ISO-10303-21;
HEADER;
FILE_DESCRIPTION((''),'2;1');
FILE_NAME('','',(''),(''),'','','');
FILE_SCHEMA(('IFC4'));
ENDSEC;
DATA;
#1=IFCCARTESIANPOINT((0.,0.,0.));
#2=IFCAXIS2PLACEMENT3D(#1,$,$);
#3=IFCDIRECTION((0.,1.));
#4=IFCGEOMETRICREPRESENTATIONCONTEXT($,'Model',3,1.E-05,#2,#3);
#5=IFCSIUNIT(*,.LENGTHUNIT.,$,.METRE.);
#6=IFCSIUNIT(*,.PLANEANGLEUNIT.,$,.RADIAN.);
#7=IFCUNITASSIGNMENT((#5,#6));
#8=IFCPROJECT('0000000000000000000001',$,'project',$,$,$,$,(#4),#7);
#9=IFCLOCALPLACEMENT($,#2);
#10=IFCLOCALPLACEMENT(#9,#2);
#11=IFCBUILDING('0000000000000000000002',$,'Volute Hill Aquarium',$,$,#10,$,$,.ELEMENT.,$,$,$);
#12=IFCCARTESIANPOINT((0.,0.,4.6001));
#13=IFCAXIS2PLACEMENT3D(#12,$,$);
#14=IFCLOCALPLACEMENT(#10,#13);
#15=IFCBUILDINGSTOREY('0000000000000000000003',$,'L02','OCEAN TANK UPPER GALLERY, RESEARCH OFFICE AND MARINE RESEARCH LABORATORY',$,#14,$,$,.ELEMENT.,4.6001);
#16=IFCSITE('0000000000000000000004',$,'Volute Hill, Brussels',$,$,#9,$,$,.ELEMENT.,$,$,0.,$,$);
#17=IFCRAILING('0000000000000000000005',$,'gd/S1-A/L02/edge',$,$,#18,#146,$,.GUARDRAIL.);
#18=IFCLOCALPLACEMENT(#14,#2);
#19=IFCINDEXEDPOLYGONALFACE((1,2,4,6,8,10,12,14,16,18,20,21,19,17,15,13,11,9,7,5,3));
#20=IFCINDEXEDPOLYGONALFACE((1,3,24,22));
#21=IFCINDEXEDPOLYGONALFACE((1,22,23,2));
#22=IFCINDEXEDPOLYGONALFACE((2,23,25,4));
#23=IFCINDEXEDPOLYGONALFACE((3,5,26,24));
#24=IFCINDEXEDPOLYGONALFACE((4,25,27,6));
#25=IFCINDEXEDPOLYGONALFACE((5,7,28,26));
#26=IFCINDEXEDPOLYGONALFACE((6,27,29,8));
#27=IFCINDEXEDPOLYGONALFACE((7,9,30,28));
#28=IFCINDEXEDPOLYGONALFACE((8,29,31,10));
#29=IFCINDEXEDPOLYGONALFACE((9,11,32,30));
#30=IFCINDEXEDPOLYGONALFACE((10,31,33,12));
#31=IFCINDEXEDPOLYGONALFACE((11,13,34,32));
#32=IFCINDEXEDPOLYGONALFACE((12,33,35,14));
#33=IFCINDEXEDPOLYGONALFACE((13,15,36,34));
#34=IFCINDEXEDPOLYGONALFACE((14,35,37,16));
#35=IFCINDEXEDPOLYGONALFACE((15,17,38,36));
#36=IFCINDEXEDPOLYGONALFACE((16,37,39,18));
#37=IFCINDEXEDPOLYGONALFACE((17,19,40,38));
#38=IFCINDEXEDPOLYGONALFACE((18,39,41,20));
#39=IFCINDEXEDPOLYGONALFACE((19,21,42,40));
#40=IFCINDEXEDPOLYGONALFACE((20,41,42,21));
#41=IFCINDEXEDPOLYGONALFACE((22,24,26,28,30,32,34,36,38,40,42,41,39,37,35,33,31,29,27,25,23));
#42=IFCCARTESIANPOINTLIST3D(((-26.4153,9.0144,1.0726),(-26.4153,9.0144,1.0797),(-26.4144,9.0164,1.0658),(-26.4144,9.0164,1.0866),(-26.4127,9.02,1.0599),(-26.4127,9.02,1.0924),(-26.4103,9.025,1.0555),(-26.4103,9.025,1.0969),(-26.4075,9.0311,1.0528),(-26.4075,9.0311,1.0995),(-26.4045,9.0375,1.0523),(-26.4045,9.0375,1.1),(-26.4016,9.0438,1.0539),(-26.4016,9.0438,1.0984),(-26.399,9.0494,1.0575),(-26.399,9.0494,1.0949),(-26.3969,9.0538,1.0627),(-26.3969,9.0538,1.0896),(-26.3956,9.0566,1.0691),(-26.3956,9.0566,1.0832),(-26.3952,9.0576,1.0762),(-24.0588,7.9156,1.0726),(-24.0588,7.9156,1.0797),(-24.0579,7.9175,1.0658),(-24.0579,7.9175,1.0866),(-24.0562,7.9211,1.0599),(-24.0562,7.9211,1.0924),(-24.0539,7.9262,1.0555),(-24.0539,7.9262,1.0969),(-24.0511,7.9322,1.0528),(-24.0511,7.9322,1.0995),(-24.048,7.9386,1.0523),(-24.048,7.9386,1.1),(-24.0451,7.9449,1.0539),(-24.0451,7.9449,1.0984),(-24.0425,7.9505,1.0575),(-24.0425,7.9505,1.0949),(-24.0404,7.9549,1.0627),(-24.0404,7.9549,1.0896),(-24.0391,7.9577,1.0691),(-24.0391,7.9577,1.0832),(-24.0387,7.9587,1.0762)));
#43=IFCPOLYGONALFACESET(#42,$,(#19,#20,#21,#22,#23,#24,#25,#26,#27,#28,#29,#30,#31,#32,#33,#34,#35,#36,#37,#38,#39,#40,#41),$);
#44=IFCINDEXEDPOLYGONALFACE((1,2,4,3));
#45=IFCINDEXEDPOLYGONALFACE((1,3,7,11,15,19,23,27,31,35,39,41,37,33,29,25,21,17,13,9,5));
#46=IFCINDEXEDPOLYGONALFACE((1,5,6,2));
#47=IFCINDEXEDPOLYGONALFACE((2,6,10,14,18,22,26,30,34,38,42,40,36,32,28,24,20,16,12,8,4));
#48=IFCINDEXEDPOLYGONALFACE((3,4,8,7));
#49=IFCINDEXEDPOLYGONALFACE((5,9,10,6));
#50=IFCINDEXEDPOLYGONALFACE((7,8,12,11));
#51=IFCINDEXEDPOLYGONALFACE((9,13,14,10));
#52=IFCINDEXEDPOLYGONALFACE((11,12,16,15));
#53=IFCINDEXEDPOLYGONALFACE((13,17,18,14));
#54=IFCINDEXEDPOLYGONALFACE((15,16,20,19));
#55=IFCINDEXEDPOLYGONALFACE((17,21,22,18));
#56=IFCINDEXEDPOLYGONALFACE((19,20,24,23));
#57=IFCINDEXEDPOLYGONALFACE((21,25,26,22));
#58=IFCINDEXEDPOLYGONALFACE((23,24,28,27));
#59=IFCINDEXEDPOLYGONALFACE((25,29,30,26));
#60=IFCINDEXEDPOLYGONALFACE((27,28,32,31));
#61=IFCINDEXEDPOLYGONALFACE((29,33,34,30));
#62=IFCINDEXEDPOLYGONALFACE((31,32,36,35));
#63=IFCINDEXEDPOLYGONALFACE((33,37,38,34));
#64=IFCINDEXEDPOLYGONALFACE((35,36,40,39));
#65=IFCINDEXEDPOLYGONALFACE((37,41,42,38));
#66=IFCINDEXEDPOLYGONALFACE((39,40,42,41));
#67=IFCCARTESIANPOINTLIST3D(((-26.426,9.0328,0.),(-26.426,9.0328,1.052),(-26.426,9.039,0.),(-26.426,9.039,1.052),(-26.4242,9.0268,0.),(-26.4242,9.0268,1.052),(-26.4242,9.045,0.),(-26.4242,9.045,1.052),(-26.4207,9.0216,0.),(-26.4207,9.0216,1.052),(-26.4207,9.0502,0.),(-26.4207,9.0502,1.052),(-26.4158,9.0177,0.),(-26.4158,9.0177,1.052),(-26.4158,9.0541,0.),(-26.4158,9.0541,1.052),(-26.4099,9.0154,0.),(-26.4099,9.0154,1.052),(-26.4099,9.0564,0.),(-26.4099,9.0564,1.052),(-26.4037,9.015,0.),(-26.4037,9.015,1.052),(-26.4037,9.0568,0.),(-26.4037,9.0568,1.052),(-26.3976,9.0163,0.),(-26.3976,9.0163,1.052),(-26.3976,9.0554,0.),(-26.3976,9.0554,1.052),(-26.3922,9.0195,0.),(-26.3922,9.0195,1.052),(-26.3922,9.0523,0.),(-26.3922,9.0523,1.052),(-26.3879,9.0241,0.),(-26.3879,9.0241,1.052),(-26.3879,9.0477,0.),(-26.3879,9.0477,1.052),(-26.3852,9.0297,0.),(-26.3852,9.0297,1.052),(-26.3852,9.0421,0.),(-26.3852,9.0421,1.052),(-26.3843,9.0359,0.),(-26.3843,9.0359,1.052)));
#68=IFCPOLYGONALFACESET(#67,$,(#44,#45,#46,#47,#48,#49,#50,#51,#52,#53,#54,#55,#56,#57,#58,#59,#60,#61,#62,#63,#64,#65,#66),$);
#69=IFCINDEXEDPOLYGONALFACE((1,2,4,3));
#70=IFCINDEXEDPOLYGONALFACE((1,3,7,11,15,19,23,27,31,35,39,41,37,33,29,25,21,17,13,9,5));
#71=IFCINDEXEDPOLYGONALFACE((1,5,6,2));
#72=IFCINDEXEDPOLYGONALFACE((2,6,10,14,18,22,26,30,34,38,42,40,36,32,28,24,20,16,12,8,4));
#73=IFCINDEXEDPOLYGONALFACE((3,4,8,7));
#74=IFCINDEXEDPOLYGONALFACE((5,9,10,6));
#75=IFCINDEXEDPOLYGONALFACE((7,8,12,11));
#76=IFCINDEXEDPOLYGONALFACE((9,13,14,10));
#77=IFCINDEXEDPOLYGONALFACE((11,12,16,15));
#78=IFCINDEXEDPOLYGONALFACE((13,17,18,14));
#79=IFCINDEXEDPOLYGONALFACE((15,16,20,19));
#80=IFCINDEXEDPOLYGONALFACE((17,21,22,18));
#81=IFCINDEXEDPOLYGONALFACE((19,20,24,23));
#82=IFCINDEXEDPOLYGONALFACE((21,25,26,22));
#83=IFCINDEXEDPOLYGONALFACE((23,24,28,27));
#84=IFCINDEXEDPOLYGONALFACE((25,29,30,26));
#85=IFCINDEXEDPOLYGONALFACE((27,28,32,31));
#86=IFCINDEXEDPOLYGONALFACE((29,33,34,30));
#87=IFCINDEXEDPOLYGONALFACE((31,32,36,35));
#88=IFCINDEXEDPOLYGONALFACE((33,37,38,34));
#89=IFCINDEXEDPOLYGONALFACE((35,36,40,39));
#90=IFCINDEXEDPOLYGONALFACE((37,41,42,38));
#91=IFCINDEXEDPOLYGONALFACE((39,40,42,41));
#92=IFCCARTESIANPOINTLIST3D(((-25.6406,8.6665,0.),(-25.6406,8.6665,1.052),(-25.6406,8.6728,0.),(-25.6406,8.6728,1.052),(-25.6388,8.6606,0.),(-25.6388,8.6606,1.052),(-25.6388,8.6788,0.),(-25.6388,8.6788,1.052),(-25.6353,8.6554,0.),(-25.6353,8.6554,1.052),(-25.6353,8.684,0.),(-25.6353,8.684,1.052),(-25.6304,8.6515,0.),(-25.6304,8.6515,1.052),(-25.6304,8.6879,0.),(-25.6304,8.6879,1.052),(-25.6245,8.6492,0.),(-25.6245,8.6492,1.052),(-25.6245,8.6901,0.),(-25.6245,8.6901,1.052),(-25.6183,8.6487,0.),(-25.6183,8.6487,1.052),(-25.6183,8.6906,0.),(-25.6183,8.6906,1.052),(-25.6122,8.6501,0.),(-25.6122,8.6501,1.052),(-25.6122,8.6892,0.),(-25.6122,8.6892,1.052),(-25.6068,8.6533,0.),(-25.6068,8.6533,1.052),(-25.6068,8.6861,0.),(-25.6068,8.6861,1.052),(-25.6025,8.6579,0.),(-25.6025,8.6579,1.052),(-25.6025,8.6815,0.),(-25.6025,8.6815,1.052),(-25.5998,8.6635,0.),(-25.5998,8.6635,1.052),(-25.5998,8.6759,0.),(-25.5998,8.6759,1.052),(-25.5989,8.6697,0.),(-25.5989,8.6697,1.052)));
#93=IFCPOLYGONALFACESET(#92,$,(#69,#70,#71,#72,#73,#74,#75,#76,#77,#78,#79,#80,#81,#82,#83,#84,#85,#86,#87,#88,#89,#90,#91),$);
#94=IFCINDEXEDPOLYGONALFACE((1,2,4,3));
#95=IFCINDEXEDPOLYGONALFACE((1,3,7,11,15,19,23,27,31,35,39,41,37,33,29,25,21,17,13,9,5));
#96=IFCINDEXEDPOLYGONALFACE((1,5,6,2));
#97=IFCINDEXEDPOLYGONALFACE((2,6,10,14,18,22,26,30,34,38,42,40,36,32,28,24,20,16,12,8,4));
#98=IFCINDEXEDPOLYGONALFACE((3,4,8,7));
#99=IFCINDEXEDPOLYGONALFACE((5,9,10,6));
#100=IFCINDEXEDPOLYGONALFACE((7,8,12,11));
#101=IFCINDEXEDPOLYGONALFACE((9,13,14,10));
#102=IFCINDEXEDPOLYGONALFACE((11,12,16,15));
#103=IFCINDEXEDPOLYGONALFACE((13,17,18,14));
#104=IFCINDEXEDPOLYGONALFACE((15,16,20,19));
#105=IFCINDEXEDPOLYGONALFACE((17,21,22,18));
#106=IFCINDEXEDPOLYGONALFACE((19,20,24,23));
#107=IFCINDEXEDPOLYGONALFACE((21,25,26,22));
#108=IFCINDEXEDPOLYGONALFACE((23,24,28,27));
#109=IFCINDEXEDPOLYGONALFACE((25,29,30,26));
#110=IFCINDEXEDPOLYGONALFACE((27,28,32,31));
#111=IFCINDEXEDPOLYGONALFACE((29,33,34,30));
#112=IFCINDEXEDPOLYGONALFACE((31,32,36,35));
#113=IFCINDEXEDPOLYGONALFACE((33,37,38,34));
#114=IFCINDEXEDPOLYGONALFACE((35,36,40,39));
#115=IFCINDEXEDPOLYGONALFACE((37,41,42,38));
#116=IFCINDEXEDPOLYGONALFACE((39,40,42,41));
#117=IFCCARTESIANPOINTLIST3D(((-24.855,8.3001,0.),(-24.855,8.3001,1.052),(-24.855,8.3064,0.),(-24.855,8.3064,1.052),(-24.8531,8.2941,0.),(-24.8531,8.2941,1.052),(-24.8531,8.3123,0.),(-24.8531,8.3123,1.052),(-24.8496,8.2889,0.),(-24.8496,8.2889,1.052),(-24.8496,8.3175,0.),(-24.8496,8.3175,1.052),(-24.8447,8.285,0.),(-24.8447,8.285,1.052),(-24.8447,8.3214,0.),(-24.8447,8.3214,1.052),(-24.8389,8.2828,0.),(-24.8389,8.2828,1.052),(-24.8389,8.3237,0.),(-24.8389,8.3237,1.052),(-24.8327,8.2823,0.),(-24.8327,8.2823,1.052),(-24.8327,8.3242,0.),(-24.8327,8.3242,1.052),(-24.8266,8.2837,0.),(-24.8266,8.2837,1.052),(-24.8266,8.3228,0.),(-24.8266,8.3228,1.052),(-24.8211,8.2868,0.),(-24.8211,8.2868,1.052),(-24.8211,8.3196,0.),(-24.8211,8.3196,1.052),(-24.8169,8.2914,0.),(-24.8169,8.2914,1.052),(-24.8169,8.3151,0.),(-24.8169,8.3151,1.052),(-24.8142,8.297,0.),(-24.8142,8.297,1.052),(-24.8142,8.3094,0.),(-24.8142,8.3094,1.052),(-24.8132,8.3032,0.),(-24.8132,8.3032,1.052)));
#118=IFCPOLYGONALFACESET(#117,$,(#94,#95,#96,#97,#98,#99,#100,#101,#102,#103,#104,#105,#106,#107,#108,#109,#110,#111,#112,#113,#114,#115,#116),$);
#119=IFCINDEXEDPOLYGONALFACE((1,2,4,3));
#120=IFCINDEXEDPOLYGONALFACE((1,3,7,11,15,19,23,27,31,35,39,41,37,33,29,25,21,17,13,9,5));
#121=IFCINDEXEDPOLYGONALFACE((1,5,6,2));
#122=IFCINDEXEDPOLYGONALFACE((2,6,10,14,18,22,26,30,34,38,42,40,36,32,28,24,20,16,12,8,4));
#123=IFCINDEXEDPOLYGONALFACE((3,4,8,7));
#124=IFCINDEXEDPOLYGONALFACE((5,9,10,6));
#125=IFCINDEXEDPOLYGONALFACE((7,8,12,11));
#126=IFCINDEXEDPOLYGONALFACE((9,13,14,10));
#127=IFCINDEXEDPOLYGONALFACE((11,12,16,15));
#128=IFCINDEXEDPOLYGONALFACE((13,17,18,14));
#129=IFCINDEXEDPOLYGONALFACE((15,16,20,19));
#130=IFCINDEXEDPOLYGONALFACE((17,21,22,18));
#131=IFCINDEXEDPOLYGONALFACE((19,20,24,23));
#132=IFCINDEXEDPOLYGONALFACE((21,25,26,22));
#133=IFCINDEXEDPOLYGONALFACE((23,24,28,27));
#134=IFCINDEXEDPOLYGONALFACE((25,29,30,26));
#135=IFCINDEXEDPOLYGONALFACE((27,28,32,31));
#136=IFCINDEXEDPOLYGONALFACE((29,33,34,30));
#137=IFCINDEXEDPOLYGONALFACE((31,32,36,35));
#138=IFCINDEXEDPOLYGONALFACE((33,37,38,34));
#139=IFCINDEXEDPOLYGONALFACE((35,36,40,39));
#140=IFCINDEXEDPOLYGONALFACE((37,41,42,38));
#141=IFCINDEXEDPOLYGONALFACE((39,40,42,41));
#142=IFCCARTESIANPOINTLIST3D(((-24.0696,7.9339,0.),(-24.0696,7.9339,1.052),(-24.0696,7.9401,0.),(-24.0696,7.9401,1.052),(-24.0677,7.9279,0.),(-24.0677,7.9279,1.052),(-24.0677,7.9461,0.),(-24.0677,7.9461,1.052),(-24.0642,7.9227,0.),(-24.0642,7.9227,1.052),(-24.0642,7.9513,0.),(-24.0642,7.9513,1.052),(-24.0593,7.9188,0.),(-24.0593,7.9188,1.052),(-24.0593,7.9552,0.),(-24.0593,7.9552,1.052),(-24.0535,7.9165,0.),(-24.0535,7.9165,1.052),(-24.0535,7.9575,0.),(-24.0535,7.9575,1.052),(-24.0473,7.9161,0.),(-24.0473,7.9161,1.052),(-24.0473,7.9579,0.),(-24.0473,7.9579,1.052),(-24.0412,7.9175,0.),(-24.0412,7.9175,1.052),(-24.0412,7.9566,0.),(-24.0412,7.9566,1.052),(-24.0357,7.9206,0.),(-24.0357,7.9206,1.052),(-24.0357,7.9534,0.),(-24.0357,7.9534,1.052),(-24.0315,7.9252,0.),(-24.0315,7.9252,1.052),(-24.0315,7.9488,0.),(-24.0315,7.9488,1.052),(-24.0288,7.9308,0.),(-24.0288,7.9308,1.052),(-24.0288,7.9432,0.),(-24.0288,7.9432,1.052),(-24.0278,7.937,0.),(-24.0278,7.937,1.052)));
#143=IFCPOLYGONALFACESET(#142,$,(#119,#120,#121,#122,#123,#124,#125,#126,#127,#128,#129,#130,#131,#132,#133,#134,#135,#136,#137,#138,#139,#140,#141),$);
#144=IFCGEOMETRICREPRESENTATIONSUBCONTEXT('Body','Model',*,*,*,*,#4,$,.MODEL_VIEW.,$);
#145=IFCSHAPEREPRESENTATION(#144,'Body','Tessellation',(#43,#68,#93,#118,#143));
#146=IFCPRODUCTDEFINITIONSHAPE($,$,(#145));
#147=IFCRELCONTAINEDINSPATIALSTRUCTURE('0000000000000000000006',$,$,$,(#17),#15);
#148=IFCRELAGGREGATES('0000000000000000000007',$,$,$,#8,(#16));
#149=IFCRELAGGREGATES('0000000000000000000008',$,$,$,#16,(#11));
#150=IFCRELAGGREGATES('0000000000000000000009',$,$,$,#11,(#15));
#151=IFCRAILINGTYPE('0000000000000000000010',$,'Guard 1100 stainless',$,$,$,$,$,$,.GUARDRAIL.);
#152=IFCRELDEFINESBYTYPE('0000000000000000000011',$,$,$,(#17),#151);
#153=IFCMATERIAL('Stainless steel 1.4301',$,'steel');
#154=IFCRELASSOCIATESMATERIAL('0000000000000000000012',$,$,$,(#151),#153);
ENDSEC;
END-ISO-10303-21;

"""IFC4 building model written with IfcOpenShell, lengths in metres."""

from ifc_helpers import new_model, si_unit, direction, frame, origin, origin_2d, place, context, subcontext, project, spatial, circle, extrude, material, type_object, element, save


model = new_model("IFC4")

# Units and contexts
model_context = context("Model", 3, precision=1e-05, world=origin(), true_north=direction((0.0, 1.0)))
body_context = subcontext(model_context, "Body", "Model", "MODEL_VIEW")
ifc_project = project(units=[si_unit("LENGTHUNIT", "METRE"), si_unit("PLANEANGLEUNIT", "RADIAN")], contexts=[model_context])

# Site, building, storey
site_placement = place(None, origin())
site = spatial("IfcSite", under=ifc_project, at=site_placement, Name="Volute Hill, Brussels", CompositionType="ELEMENT", RefElevation=0.0)
building_placement = place(site_placement, origin())
building = spatial("IfcBuilding", under=site, at=building_placement, Name="Volute Hill Aquarium", CompositionType="ELEMENT")
storey_placement = place(building_placement, frame((0.0, 0.0, 4.6001)))
storey = spatial("IfcBuildingStorey", under=building, at=storey_placement, Name="L02", Description="OCEAN TANK UPPER GALLERY, RESEARCH OFFICE AND MARINE RESEARCH LABORATORY", CompositionType="ELEMENT", Elevation=4.6001)

# Railing
ifc_material_1 = material(Name="Stainless steel 1.4301", Category="steel")
railing_type_1 = type_object("IfcRailingType", Name="Guard 1100 stainless", PredefinedType="GUARDRAIL", material=ifc_material_1)
railing_1_placement = place(storey_placement, frame((-26.4053, 9.0359, 0.0)))
element("IfcRailing", 1, at=railing_1_placement, inside=storey, type_object=railing_type_1, Name="gd/S1-A/L02/edge", PredefinedType="GUARDRAIL", context=body_context, shape_type="SweptSolid", body=[
    extrude(circle(Radius=0.0239, at=origin_2d()), frame((0.0, 0.0, 1.0762), z_axis=(0.906301, -0.422634, 0.0), x_axis=(0.422634, 0.906301, 0.0)), (0.0, 0.0, 1.0), 2.6001),
    extrude(circle(Radius=0.021, at=origin_2d()), origin(), (0.0, 0.0, 1.0), 1.052),
    extrude(circle(Radius=0.021, at=origin_2d()), frame((0.7854, -0.3662, 0.0)), (0.0, 0.0, 1.0), 1.052),
    extrude(circle(Radius=0.021, at=origin_2d()), frame((1.571, -0.7327, 0.0)), (0.0, 0.0, 1.0), 1.052),
    extrude(circle(Radius=0.021, at=origin_2d()), frame((2.3564, -1.0989, 0.0)), (0.0, 0.0, 1.0), 1.052),
])

save(model, "model.ifc")
